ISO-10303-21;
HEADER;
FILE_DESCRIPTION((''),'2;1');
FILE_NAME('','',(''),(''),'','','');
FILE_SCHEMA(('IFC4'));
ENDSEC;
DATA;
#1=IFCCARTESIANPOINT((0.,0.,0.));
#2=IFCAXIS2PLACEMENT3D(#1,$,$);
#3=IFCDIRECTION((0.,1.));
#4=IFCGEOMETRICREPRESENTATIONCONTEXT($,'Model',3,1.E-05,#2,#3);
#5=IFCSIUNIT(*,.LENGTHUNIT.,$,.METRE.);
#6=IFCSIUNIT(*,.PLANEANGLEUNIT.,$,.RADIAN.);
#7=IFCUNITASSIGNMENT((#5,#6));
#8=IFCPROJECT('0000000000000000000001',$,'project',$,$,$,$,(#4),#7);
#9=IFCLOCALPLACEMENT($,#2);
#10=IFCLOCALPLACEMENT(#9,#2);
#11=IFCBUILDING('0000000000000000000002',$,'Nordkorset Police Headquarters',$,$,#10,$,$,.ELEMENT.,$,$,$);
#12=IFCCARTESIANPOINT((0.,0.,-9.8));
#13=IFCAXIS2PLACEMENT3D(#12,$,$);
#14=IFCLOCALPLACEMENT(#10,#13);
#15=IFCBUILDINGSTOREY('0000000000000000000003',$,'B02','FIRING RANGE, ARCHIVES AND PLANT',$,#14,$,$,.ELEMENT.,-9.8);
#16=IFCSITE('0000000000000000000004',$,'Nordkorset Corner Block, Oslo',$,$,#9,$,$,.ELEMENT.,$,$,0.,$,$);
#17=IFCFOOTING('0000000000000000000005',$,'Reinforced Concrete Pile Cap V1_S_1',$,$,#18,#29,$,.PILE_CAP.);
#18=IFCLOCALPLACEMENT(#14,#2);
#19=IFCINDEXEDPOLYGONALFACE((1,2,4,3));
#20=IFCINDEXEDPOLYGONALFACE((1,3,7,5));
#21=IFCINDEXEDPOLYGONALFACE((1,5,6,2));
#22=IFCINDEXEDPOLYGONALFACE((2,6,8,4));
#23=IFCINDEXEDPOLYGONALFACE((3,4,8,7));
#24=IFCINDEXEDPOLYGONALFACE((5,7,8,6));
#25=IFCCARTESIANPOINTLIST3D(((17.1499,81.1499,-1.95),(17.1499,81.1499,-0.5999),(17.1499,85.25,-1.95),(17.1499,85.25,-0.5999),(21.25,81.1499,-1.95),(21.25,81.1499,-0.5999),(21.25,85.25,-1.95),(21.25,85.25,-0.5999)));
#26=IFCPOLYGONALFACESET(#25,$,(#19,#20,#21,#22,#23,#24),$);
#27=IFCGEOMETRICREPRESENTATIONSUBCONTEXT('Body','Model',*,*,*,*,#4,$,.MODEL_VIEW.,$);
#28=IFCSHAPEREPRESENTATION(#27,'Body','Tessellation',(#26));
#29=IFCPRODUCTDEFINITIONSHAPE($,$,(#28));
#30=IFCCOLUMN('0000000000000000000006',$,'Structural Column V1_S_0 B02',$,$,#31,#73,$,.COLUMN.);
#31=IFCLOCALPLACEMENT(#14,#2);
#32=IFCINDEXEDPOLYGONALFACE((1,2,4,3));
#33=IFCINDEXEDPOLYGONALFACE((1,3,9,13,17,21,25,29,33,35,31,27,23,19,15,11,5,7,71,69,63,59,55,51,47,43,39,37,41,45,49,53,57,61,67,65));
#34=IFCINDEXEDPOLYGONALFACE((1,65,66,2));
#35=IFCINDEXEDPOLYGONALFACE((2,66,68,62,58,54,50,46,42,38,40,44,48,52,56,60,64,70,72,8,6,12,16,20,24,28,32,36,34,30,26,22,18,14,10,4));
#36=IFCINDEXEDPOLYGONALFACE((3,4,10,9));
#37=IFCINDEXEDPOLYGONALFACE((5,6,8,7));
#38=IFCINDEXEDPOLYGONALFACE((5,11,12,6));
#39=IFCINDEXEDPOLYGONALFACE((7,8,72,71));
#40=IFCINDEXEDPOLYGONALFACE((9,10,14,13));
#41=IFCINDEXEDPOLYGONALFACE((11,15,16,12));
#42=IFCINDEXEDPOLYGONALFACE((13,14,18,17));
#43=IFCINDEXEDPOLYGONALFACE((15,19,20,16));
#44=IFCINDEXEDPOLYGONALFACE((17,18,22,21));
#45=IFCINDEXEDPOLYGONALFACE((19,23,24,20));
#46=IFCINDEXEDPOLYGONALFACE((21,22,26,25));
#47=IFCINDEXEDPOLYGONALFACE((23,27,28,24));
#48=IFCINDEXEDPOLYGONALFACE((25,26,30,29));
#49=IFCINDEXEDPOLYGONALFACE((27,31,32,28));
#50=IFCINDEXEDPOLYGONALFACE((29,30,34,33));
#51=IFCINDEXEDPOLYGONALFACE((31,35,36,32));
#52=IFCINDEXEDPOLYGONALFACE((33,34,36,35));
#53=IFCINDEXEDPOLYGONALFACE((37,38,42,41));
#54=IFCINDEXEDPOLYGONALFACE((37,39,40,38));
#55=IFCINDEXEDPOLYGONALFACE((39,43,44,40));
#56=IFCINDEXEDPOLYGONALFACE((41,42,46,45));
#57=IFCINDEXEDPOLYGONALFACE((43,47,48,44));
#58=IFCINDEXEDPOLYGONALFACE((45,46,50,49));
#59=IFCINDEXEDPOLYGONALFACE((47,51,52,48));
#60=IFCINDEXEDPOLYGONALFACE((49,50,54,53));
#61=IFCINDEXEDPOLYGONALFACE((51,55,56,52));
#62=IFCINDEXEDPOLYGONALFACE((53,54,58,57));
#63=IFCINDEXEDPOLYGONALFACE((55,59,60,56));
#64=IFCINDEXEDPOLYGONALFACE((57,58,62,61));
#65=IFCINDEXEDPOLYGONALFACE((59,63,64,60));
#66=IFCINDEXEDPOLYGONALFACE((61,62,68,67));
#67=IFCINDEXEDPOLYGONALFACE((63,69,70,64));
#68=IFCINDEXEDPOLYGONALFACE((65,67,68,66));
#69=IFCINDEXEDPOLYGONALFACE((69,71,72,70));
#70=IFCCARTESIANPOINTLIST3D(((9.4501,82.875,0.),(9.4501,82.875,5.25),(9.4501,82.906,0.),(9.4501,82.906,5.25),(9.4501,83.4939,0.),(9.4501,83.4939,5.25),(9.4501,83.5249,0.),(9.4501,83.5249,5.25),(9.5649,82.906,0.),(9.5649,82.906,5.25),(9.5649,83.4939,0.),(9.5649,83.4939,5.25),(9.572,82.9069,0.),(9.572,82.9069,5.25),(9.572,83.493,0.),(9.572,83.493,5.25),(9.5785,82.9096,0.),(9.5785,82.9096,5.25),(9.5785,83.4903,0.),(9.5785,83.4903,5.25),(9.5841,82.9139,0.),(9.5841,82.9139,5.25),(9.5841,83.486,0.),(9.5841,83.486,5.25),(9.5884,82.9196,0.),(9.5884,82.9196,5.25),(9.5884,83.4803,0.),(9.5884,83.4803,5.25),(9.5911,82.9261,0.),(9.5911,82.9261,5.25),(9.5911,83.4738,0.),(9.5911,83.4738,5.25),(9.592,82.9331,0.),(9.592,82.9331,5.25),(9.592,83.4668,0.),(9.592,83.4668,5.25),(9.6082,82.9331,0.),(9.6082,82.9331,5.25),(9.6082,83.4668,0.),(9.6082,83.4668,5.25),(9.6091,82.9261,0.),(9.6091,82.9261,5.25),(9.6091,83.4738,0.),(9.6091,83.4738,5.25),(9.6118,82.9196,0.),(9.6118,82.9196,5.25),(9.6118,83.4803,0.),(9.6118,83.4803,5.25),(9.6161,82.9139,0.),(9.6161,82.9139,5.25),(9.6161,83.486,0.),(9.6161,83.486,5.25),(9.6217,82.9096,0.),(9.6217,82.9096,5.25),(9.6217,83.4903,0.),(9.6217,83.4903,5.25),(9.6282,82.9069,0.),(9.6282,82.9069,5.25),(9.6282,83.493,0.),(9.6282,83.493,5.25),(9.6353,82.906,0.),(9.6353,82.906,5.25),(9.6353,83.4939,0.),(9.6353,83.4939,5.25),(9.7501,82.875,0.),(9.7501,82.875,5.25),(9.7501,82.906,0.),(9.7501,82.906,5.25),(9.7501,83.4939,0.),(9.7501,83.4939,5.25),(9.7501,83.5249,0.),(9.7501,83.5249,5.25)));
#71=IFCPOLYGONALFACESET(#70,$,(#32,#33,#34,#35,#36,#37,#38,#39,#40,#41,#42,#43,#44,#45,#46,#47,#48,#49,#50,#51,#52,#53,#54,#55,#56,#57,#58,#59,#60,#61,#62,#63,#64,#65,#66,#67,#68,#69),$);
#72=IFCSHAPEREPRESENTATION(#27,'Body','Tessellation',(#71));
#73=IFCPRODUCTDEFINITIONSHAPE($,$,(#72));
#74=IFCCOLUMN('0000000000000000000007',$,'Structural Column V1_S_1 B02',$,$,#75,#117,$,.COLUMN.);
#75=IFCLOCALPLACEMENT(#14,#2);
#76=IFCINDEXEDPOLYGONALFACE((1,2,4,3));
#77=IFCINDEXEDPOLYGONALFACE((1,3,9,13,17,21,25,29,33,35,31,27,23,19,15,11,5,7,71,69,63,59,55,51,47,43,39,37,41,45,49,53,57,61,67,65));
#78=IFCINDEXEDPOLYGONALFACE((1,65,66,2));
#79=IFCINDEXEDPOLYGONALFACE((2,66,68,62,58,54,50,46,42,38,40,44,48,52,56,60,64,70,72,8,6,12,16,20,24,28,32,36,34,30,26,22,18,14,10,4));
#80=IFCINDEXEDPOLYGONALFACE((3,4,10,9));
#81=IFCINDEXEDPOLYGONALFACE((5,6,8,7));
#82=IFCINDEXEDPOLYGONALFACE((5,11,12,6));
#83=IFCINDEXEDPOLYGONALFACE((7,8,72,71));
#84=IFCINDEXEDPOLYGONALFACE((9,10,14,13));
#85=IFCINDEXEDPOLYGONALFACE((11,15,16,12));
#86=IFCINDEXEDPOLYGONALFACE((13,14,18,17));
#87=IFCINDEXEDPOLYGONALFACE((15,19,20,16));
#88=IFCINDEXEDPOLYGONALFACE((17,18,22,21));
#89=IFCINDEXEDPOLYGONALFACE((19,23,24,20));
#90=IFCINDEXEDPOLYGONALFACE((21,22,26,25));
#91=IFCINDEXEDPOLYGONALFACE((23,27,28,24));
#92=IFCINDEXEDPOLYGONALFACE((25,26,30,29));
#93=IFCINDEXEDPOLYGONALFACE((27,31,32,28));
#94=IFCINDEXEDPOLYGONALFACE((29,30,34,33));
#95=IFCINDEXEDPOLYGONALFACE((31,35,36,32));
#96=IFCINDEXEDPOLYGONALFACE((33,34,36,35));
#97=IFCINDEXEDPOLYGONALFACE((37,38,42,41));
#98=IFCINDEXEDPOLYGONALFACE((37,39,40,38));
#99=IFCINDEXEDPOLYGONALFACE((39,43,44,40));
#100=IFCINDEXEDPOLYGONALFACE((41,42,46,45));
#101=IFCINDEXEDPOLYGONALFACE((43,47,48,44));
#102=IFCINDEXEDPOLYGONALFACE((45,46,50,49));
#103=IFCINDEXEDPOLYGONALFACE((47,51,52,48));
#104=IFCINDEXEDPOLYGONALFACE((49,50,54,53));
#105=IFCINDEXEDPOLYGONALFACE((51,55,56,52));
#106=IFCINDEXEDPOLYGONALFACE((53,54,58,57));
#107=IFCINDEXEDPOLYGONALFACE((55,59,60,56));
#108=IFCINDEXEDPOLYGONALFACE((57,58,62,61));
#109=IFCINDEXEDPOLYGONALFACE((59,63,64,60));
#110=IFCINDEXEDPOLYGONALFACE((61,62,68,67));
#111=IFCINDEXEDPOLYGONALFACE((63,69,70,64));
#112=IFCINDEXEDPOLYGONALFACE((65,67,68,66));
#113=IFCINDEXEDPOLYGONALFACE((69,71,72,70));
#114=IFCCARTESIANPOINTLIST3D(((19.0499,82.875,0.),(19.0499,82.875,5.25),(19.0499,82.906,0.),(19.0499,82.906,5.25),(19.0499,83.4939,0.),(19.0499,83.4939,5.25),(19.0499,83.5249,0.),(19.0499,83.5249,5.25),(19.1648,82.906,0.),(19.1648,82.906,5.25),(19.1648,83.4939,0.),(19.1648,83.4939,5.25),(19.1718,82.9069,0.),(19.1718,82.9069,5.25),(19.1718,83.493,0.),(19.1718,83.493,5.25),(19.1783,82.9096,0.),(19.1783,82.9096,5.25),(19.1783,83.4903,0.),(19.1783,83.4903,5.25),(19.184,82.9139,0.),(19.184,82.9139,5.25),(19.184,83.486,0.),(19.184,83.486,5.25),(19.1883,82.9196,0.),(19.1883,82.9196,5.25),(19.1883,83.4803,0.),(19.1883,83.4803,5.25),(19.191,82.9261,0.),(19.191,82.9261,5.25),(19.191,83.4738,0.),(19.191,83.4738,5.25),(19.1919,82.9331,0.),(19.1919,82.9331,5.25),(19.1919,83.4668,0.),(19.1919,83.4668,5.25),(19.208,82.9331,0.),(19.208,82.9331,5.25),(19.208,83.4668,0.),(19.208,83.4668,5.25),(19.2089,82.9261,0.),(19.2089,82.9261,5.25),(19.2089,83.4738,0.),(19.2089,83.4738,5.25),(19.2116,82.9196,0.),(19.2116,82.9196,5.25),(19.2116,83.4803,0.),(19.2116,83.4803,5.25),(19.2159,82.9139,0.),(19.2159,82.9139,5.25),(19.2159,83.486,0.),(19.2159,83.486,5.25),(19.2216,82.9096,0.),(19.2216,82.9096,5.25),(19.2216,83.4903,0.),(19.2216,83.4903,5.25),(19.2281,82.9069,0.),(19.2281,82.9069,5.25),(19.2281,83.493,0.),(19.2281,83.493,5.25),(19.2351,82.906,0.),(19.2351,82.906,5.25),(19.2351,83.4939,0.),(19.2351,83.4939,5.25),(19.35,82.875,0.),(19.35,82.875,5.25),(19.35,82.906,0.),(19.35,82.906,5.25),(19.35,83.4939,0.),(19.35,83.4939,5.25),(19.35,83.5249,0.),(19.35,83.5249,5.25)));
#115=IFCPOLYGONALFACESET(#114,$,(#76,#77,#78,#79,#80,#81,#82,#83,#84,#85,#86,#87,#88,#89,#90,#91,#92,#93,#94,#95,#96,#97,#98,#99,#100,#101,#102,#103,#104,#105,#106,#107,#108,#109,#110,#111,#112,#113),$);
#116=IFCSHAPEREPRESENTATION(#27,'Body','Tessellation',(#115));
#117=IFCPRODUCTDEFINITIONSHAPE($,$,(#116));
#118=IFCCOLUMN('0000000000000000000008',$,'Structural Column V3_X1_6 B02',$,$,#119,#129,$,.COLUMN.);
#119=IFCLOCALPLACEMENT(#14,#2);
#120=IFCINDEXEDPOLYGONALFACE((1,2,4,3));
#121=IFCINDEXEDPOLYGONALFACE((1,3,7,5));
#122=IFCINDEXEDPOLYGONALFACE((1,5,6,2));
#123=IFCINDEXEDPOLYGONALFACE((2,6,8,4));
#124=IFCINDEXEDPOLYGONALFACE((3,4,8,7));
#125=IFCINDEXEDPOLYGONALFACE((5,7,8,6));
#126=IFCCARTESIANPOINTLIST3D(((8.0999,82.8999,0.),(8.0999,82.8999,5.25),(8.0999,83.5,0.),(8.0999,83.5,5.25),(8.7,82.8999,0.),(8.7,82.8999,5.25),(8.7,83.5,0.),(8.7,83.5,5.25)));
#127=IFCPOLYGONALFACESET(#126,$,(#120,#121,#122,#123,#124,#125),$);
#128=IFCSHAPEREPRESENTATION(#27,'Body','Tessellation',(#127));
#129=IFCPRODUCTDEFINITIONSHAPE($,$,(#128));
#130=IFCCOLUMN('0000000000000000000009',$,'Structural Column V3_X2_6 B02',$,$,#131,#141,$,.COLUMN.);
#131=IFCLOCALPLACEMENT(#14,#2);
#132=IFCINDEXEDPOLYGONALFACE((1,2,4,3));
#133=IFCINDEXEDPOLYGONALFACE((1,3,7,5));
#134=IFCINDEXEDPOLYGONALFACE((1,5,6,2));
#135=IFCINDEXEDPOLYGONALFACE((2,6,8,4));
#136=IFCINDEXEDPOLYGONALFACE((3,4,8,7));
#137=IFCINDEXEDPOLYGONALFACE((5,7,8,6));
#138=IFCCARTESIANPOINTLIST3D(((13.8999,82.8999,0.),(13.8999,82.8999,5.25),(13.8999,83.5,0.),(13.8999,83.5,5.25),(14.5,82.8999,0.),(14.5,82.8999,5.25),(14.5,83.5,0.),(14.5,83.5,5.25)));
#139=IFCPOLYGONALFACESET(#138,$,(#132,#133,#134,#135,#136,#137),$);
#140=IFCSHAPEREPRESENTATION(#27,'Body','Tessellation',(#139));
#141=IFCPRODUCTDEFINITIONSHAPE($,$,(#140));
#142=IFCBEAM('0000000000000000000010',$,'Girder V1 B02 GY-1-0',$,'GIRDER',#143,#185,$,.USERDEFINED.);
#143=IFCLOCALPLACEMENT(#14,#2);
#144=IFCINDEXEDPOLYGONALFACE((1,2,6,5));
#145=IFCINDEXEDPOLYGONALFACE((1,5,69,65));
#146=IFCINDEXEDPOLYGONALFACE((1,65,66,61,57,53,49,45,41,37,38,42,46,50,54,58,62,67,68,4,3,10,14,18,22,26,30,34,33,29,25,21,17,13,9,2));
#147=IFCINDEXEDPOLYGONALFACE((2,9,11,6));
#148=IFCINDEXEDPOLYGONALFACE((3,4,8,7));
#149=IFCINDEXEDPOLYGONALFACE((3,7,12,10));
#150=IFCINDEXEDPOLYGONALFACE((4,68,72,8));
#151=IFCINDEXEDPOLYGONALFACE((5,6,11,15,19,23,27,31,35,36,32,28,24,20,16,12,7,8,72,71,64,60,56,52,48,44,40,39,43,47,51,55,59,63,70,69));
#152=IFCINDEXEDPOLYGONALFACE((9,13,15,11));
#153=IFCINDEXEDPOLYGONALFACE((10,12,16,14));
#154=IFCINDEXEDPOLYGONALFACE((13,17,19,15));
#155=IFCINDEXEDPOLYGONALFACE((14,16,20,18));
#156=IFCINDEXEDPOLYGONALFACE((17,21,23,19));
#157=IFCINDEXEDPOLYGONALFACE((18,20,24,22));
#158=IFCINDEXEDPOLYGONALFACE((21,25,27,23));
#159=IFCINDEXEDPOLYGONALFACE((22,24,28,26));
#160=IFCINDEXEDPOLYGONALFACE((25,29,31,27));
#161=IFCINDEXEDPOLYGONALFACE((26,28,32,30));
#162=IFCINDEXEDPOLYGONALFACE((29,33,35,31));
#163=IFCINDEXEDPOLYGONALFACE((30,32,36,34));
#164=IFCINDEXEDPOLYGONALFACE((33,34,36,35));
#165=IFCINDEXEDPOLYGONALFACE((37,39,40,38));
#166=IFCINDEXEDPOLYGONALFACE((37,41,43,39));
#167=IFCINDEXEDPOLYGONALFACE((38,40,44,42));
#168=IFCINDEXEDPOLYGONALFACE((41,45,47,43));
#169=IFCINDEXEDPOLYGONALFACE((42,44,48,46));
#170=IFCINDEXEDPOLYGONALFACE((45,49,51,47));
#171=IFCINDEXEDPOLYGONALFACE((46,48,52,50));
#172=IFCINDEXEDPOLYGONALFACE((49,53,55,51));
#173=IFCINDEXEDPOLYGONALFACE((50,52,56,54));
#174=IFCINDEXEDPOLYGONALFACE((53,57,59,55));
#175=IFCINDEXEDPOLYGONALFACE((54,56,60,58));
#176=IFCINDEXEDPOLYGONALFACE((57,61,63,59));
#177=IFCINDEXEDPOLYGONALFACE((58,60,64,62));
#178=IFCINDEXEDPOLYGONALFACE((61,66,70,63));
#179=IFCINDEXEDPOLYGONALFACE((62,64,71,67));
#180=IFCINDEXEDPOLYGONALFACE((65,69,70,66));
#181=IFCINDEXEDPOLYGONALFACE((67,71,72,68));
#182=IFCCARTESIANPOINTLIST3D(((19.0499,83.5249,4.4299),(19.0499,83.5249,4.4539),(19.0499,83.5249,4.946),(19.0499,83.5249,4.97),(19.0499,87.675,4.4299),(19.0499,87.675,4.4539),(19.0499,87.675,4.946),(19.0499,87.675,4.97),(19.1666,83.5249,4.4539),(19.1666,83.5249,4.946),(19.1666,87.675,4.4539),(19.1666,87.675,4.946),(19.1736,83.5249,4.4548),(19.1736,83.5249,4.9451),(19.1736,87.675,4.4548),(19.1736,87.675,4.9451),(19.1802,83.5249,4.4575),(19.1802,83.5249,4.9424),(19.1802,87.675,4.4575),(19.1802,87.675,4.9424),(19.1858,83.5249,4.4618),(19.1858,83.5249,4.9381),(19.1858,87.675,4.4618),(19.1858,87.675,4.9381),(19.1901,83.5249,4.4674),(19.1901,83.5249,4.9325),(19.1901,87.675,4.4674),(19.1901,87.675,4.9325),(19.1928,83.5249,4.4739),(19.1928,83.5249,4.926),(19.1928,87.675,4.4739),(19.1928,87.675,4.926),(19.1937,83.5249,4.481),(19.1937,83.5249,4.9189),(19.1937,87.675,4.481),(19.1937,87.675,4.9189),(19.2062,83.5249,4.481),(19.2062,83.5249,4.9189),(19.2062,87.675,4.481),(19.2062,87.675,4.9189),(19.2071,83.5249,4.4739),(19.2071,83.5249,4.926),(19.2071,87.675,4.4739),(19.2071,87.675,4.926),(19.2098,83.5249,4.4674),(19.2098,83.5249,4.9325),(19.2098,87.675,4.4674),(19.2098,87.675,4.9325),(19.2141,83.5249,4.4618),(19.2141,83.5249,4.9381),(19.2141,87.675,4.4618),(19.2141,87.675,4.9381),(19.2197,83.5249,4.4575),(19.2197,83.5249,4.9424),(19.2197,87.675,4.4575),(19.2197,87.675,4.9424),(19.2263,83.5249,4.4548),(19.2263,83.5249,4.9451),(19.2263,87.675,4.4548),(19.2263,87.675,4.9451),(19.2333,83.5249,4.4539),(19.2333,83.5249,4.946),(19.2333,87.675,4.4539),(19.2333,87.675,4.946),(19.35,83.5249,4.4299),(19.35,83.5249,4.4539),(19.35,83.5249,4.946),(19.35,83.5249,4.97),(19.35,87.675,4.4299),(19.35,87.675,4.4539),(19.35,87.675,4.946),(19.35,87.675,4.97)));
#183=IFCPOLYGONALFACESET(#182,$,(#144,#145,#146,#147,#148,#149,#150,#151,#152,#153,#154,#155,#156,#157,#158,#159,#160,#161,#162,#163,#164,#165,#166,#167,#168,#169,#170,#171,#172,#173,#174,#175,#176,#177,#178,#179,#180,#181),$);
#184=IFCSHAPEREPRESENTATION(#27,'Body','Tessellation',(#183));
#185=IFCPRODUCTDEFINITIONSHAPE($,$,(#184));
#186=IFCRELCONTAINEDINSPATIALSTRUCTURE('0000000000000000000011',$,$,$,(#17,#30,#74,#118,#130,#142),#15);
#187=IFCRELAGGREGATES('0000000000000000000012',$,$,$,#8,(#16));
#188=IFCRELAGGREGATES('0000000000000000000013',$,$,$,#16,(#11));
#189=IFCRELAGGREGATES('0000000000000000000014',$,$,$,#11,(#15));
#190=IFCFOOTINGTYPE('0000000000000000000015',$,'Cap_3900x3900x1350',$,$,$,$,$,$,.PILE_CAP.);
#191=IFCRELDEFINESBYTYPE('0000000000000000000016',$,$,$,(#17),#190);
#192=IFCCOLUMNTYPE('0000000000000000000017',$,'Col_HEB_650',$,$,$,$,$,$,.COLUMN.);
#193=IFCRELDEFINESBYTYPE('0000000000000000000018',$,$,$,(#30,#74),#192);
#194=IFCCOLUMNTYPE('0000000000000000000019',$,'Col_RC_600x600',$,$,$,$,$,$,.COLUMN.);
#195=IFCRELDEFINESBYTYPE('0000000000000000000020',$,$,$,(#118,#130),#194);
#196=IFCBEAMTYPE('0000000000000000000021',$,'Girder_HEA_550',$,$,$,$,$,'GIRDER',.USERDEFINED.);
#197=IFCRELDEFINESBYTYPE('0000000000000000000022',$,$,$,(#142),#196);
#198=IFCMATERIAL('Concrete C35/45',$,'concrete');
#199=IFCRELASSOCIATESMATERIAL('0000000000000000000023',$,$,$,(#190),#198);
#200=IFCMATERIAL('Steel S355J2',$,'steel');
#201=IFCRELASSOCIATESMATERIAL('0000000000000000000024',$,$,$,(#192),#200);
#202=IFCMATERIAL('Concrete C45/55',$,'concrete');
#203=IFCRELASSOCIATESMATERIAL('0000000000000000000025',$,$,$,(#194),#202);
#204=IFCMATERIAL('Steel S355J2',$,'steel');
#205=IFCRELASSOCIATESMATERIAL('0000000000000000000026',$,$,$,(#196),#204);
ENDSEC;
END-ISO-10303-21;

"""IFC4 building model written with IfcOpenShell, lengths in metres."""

from ifc_helpers import new_model, si_unit, direction, frame, origin, origin_2d, place, context, subcontext, project, spatial, rectangle, i_section, extrude, material, material_profile, profile_set, type_object, element, save


model = new_model("IFC4")

# Units and contexts
model_context = context("Model", 3, precision=1e-05, world=origin(), true_north=direction((0.0, 1.0)))
body_context = subcontext(model_context, "Body", "Model", "MODEL_VIEW")
ifc_project = project(units=[si_unit("LENGTHUNIT", "METRE"), si_unit("PLANEANGLEUNIT", "RADIAN")], contexts=[model_context])

# Site, building, storey
site_placement = place(None, origin())
site = spatial("IfcSite", under=ifc_project, at=site_placement, Name="Nordkorset Corner Block, Oslo", CompositionType="ELEMENT", RefElevation=0.0)
building_placement = place(site_placement, origin())
building = spatial("IfcBuilding", under=site, at=building_placement, Name="Nordkorset Police Headquarters", CompositionType="ELEMENT")
storey_placement = place(building_placement, frame((0.0, 0.0, -9.8)))
storey = spatial("IfcBuildingStorey", under=building, at=storey_placement, Name="B02", Description="FIRING RANGE, ARCHIVES AND PLANT", CompositionType="ELEMENT", Elevation=-9.8)

# Footing
ifc_material_1 = material(Name="Concrete C35/45", Category="concrete")
footing_type_1 = type_object("IfcFootingType", Name="Cap_3900x3900x1350", PredefinedType="PILE_CAP", material=ifc_material_1)
for number, where, z_axis, x_axis, name in (
    (1, (19.2, 83.2, -1.95), (0.0, 0.0, 1.0), (1.0, 0.0, 0.0), "Reinforced Concrete Pile Cap V1_S_1"),
):
    element("IfcFooting", number, at=place(storey_placement, frame(where, z_axis=z_axis, x_axis=x_axis)), inside=storey, type_object=footing_type_1, Name=name, PredefinedType="PILE_CAP", context=body_context, shape_type="SweptSolid", body=[
        extrude(rectangle(XDim=4.1001, YDim=4.1001, at=origin_2d()), origin(), (0.0, 0.0, 1.0), 1.3501),
    ])

# Columns
ifc_material_2 = material(Name="Steel S355J2", Category="steel")
ifc_material_profile_1 = material_profile(ifc_material_2, i_section(OverallWidth=0.3, OverallDepth=0.6499, WebThickness=0.0161, FlangeThickness=0.031, FilletRadius=0.0271, at=origin_2d()), Name="HEB 650")
ifc_profile_set_1 = profile_set([ifc_material_profile_1], Name="Steel S355J2")
column_type_1 = type_object("IfcColumnType", Name="Col_HEB_650", PredefinedType="COLUMN", material=ifc_profile_set_1)
for number, where, z_axis, x_axis, name in (
    (2, (9.6001, 83.2, 0.0), (0.0, 0.0, 1.0), (1.0, 0.0, 0.0), "Structural Column V1_S_0 B02"),
    (3, (19.2, 83.2, 0.0), (0.0, 0.0, 1.0), (1.0, 0.0, 0.0), "Structural Column V1_S_1 B02"),
):
    element("IfcColumn", number, at=place(storey_placement, frame(where, z_axis=z_axis, x_axis=x_axis)), inside=storey, type_object=column_type_1, Name=name, PredefinedType="COLUMN", context=body_context, shape_type="SweptSolid", body=[
        extrude(i_section(OverallWidth=0.3, OverallDepth=0.6499, WebThickness=0.0161, FlangeThickness=0.031, FilletRadius=0.0271, at=origin_2d()), origin(), (0.0, 0.0, 1.0), 5.25),
    ])
ifc_material_3 = material(Name="Concrete C45/55", Category="concrete")
ifc_material_profile_2 = material_profile(ifc_material_3, rectangle(XDim=0.6001, YDim=0.6001, at=origin_2d()), Name="RC 600x600")
ifc_profile_set_2 = profile_set([ifc_material_profile_2], Name="Concrete C45/55")
column_type_2 = type_object("IfcColumnType", Name="Col_RC_600x600", PredefinedType="COLUMN", material=ifc_profile_set_2)
for number, where, z_axis, x_axis, name in (
    (4, (8.3999, 83.2, 0.0), (0.0, 0.0, 1.0), (1.0, 0.0, 0.0), "Structural Column V3_X1_6 B02"),
    (5, (14.2, 83.2, 0.0), (0.0, 0.0, 1.0), (1.0, 0.0, 0.0), "Structural Column V3_X2_6 B02"),
):
    element("IfcColumn", number, at=place(storey_placement, frame(where, z_axis=z_axis, x_axis=x_axis)), inside=storey, type_object=column_type_2, Name=name, PredefinedType="COLUMN", context=body_context, shape_type="SweptSolid", body=[
        extrude(rectangle(XDim=0.6001, YDim=0.6001, at=origin_2d()), origin(), (0.0, 0.0, 1.0), 5.25),
    ])

# Beam
ifc_material_4 = material(Name="Steel S355J2", Category="steel")
ifc_material_profile_3 = material_profile(ifc_material_4, i_section(OverallWidth=0.3, OverallDepth=0.54, WebThickness=0.0125, FlangeThickness=0.0239, FilletRadius=0.0271, at=origin_2d()), Name="HEA 550")
ifc_profile_set_3 = profile_set([ifc_material_profile_3], Name="Steel S355J2")
beam_type = type_object("IfcBeamType", Name="Girder_HEA_550", ElementType="GIRDER", PredefinedType="USERDEFINED", material=ifc_profile_set_3)
beam_placement = place(storey_placement, frame((19.2, 83.5249, 4.7), z_axis=(0.0, 1.0, 0.0), x_axis=(-1.0, 0.0, 0.0)))
element("IfcBeam", 6, at=beam_placement, inside=storey, type_object=beam_type, Name="Girder V1 B02 GY-1-0", ObjectType="GIRDER", PredefinedType="USERDEFINED", context=body_context, shape_type="SweptSolid", body=[
    extrude(i_section(OverallWidth=0.3, OverallDepth=0.54, WebThickness=0.0125, FlangeThickness=0.0239, FilletRadius=0.0271, at=origin_2d()), origin(), (0.0, 0.0, 1.0), 4.1501),
])

save(model, "model.ifc")
